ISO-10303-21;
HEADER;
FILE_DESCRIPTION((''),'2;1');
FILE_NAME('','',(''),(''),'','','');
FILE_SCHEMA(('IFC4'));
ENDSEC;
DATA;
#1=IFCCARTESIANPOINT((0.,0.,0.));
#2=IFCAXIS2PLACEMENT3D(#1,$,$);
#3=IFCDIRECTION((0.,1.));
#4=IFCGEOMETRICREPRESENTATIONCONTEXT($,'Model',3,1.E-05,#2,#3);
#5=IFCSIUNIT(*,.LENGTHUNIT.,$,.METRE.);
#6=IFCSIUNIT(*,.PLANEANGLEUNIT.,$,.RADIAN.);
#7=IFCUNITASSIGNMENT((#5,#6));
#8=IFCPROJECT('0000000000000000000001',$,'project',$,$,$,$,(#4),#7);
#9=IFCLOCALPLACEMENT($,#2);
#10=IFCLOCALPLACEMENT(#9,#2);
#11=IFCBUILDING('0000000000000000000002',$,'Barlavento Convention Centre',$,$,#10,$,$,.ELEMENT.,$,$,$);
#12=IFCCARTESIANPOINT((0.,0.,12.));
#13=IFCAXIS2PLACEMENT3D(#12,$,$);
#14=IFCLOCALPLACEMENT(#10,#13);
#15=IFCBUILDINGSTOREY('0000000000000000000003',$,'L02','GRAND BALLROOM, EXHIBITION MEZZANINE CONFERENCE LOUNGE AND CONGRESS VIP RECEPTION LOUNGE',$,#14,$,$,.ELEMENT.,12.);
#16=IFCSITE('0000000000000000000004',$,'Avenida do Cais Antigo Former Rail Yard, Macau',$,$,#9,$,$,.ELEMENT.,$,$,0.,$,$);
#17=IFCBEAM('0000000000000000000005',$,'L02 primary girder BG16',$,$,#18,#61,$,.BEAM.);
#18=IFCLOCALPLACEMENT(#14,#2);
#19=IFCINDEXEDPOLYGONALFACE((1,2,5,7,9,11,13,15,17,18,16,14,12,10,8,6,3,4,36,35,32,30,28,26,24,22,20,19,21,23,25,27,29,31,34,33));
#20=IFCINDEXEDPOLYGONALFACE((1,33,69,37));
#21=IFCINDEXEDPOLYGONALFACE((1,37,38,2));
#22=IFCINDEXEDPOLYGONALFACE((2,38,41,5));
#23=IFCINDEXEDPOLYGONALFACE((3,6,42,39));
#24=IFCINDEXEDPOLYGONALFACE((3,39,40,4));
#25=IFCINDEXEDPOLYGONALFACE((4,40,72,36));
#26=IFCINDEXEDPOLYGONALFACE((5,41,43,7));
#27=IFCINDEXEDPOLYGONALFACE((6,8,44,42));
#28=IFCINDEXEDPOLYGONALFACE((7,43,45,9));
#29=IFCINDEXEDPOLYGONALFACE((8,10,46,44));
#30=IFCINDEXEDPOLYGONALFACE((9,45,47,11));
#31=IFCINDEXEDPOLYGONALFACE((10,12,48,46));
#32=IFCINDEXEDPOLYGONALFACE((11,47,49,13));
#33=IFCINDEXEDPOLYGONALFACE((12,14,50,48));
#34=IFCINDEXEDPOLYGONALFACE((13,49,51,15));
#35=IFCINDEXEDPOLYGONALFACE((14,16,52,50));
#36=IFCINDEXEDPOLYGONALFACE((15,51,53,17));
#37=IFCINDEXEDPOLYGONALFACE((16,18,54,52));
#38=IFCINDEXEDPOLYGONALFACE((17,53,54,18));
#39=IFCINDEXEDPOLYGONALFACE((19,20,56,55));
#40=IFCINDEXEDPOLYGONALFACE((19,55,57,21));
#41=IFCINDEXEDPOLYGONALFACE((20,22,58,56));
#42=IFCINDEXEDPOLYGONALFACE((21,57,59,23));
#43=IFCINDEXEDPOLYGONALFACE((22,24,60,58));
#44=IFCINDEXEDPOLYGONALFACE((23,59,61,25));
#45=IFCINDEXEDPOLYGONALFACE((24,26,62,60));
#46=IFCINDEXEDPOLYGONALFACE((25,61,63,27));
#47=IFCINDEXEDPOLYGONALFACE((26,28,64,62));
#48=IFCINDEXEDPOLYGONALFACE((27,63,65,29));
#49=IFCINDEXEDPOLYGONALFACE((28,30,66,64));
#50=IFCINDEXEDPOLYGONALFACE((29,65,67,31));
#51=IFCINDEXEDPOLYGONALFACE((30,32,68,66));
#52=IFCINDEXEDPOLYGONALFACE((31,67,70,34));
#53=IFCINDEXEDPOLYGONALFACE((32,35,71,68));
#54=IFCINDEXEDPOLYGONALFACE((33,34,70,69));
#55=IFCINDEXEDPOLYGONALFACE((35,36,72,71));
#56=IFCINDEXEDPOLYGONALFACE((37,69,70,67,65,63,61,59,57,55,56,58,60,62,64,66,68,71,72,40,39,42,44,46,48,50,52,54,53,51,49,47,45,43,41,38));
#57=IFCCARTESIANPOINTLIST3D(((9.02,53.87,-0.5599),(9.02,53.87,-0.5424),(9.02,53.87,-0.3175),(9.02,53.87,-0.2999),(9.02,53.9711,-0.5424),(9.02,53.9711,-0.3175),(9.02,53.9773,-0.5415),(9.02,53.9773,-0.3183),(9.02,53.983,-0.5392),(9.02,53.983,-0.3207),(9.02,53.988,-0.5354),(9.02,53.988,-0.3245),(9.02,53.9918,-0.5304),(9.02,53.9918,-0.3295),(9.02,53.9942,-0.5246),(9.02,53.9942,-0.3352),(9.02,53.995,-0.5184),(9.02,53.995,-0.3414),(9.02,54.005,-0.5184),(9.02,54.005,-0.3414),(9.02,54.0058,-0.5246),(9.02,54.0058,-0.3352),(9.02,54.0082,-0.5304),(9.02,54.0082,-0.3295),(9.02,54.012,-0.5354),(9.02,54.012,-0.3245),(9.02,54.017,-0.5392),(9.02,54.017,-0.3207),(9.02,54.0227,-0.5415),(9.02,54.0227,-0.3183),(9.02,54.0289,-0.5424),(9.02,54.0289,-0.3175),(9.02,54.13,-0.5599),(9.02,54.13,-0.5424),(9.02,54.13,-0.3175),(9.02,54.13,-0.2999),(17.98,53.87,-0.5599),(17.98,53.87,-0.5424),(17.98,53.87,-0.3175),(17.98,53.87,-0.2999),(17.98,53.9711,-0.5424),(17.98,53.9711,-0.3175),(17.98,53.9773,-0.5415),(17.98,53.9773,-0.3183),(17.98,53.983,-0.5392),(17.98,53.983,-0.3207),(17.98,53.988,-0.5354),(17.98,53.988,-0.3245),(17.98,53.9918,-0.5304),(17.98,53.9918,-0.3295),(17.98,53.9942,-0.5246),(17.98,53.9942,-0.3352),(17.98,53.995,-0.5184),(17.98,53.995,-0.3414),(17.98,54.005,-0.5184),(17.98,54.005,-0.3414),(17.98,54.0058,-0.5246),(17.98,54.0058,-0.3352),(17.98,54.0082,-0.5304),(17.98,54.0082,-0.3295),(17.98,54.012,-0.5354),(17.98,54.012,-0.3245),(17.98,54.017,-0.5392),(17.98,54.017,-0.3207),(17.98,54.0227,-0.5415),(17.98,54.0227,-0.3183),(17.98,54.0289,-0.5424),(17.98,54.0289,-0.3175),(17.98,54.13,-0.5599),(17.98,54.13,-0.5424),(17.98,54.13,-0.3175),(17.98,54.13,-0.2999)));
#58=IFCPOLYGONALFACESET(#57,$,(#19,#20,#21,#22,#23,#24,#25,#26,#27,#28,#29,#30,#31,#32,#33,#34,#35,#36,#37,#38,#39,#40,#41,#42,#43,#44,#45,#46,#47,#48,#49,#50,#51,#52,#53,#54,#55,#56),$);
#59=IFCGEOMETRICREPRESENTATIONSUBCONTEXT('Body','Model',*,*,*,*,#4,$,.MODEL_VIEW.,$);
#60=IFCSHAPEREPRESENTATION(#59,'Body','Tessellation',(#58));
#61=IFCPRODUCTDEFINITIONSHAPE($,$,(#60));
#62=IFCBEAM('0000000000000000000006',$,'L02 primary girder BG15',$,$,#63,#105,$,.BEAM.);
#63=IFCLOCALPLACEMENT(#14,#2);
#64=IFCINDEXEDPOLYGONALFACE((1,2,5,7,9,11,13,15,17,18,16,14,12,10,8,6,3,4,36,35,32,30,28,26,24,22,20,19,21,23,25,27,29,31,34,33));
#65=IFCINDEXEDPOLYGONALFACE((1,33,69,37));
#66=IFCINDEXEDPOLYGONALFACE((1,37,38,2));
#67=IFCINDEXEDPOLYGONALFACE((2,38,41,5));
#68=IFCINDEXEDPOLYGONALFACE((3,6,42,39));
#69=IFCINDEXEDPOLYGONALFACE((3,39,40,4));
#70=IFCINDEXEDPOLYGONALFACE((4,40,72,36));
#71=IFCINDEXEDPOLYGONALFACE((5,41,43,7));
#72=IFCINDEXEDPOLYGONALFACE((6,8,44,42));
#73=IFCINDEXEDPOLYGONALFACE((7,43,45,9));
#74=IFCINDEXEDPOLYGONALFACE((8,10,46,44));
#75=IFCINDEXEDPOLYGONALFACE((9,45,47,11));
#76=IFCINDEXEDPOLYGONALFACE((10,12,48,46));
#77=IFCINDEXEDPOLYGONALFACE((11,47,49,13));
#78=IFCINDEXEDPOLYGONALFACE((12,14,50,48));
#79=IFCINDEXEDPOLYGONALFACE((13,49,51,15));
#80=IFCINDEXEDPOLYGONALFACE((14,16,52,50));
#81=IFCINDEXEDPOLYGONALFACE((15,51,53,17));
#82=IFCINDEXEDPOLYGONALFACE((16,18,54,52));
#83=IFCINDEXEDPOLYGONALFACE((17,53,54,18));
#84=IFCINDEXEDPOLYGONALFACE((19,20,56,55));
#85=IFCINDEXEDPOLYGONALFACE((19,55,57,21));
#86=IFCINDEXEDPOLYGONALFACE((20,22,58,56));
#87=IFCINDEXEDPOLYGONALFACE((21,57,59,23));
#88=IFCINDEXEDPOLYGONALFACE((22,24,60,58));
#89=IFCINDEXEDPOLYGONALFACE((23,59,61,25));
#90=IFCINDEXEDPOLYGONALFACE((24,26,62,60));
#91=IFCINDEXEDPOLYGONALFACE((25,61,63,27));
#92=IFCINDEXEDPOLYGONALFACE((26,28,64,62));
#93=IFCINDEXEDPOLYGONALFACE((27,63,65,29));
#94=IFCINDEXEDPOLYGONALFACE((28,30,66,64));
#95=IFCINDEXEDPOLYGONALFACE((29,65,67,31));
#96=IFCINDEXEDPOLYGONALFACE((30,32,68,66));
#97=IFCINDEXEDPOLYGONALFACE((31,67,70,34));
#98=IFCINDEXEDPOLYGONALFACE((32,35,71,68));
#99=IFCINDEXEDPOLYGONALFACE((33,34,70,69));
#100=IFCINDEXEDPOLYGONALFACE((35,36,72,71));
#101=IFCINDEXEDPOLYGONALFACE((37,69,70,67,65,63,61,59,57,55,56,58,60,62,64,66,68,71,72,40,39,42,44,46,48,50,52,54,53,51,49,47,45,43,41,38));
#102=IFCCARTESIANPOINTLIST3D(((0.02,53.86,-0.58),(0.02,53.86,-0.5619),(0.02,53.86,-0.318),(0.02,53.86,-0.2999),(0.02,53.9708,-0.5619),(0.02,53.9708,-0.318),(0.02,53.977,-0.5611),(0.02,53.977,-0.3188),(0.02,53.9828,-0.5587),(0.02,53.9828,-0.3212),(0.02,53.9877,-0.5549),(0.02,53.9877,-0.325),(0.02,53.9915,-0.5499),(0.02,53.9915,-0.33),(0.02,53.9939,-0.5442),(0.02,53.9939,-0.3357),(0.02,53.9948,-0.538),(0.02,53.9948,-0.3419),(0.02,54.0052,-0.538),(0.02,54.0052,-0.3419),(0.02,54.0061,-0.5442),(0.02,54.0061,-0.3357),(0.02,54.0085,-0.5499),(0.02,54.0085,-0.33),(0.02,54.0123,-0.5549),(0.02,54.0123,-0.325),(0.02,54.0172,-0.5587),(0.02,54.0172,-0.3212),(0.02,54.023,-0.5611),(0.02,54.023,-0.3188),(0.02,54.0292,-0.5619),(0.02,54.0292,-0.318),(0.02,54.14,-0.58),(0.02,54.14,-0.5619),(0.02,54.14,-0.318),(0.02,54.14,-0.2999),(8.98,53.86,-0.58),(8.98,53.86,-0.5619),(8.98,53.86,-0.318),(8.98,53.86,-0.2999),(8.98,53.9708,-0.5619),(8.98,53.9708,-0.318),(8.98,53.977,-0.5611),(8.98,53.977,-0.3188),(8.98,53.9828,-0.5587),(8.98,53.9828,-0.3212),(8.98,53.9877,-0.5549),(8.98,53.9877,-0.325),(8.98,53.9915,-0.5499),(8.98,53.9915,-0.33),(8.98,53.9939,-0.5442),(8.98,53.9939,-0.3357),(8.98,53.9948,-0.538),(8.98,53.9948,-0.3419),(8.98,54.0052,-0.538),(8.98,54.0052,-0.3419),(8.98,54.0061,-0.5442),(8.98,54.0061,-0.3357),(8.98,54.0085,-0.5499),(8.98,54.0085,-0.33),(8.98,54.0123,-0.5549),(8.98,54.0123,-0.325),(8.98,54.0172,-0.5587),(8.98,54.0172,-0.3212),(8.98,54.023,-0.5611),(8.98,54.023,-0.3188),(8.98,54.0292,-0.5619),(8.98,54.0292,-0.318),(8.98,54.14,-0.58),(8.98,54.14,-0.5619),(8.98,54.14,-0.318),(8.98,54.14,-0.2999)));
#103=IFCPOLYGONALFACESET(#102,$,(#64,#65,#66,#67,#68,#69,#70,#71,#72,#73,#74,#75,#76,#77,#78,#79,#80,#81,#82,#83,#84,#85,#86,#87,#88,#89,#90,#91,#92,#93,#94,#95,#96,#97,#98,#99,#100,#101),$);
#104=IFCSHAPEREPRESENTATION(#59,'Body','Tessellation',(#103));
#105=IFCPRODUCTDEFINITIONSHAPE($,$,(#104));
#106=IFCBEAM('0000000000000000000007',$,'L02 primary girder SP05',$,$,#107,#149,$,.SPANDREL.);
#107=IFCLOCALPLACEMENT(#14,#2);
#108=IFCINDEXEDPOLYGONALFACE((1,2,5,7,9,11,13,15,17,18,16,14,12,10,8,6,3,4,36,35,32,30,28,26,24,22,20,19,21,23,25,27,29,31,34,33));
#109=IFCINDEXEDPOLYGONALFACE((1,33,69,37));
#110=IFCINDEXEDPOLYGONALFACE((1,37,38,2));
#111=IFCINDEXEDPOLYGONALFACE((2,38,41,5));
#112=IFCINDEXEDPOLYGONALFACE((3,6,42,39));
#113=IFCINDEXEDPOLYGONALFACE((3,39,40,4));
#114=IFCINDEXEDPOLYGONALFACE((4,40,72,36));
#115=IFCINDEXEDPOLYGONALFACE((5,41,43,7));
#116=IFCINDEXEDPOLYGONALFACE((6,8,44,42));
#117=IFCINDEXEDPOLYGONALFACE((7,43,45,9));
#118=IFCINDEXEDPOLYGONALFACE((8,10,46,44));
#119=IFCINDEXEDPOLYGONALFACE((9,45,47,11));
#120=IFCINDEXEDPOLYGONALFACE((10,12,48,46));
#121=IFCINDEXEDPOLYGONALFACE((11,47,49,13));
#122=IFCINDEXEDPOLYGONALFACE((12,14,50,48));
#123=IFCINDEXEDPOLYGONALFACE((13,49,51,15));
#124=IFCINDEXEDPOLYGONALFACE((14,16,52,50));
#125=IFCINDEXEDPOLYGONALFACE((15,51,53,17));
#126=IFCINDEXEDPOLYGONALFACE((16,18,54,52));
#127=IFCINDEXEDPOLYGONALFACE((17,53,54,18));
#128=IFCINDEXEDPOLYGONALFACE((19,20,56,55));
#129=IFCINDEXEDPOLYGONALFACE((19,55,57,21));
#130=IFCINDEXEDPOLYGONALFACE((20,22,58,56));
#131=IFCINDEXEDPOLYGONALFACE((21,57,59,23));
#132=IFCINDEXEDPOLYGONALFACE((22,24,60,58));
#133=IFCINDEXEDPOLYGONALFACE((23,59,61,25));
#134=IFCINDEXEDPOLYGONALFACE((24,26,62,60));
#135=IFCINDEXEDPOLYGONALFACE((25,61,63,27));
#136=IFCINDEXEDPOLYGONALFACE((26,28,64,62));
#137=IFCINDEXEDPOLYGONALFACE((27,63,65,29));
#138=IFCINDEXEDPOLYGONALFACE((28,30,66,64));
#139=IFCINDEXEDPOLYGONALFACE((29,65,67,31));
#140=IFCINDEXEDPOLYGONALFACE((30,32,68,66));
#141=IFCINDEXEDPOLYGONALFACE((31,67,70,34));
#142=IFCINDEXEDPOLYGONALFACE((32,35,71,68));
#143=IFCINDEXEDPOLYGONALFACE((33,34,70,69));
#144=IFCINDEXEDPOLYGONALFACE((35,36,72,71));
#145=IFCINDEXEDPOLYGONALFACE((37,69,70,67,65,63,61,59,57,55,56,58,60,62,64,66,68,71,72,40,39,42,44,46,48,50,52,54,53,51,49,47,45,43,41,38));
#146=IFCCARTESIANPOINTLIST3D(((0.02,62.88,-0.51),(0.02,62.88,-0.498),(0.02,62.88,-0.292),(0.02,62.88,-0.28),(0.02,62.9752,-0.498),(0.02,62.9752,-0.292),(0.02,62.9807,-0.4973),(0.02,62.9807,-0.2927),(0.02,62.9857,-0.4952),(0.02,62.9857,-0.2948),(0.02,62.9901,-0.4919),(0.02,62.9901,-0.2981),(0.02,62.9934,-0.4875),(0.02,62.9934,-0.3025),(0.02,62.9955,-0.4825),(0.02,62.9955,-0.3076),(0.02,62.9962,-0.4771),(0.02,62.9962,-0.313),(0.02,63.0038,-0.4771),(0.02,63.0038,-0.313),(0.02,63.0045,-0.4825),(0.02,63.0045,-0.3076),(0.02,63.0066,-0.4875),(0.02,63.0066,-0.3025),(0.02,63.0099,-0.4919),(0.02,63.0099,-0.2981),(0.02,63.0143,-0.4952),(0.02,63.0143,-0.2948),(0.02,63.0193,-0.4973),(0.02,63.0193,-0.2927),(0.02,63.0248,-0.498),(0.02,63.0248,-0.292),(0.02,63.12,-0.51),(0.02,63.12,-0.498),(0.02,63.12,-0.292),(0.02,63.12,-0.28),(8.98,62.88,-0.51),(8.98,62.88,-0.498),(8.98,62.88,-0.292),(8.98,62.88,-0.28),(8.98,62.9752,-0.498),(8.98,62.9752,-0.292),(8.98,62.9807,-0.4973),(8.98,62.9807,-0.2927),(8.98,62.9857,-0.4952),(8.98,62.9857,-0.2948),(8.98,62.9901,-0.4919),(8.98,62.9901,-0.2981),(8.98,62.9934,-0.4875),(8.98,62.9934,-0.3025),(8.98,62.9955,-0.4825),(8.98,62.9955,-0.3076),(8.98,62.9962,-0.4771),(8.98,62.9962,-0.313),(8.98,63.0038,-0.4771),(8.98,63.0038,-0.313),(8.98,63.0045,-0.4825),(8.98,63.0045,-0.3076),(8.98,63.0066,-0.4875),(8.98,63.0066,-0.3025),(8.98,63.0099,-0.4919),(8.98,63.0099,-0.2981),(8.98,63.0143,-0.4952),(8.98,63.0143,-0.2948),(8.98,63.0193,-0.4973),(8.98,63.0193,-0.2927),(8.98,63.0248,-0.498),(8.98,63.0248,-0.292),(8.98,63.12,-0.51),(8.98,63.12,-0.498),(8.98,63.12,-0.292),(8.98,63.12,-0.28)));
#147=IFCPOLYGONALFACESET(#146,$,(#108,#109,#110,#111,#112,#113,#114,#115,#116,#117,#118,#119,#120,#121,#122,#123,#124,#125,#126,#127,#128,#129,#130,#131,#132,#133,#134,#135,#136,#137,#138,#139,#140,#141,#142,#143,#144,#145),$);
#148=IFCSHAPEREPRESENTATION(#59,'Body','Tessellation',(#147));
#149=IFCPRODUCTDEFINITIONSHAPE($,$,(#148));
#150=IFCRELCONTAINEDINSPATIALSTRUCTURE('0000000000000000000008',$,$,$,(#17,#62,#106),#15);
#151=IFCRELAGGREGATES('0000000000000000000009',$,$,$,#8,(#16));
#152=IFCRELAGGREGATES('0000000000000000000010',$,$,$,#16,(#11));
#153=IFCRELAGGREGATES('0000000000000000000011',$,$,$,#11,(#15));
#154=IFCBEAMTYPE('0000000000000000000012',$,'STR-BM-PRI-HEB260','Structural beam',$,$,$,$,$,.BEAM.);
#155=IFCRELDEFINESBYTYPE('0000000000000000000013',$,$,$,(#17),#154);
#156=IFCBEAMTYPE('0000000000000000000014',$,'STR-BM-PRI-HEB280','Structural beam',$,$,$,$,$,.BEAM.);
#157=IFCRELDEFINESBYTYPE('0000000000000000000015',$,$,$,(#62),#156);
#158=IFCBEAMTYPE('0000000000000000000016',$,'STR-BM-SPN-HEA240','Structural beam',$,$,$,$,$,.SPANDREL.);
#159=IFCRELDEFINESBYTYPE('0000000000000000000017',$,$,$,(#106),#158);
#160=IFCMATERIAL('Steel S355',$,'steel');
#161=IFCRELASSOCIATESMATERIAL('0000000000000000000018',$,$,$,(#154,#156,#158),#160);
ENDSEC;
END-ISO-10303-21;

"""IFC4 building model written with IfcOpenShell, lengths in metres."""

from ifc_helpers import new_model, si_unit, direction, frame, origin, origin_2d, place, context, subcontext, project, spatial, i_section, extrude, material, material_profile, profile_set, type_object, element, save


model = new_model("IFC4")

# Units and contexts
model_context = context("Model", 3, precision=1e-05, world=origin(), true_north=direction((0.0, 1.0)))
body_context = subcontext(model_context, "Body", "Model", "MODEL_VIEW")
ifc_project = project(units=[si_unit("LENGTHUNIT", "METRE"), si_unit("PLANEANGLEUNIT", "RADIAN")], contexts=[model_context])

# Site, building, storey
site_placement = place(None, origin())
site = spatial("IfcSite", under=ifc_project, at=site_placement, Name="Avenida do Cais Antigo Former Rail Yard, Macau", CompositionType="ELEMENT", RefElevation=0.0)
building_placement = place(site_placement, origin())
building = spatial("IfcBuilding", under=site, at=building_placement, Name="Barlavento Convention Centre", CompositionType="ELEMENT")
storey_placement = place(building_placement, frame((0.0, 0.0, 12.0)))
storey = spatial("IfcBuildingStorey", under=building, at=storey_placement, Name="L02", Description="GRAND BALLROOM, EXHIBITION MEZZANINE CONFERENCE LOUNGE AND CONGRESS VIP RECEPTION LOUNGE", CompositionType="ELEMENT", Elevation=12.0)

# Shared definitions
ifc_material_1 = material(Name="Steel S355", Category="steel")

# Beams
ifc_material_profile_1 = material_profile(ifc_material_1, i_section(OverallWidth=0.26, OverallDepth=0.26, WebThickness=0.01, FlangeThickness=0.0176, FilletRadius=0.0239, at=origin_2d()), Name="HEB 260")
ifc_profile_set_1 = profile_set([ifc_material_profile_1], Name="Steel S355")
beam_type_1 = type_object("IfcBeamType", Name="STR-BM-PRI-HEB260", Description="Structural beam", PredefinedType="BEAM", material=ifc_profile_set_1)
beam_1_placement = place(storey_placement, frame((9.02, 54.0, -0.4299), z_axis=(1.0, 0.0, 0.0), x_axis=(0.0, 1.0, 0.0)))
element("IfcBeam", 1, at=beam_1_placement, inside=storey, type_object=beam_type_1, Name="L02 primary girder BG16", PredefinedType="BEAM", context=body_context, shape_type="SweptSolid", body=[
    extrude(i_section(OverallWidth=0.26, OverallDepth=0.26, WebThickness=0.01, FlangeThickness=0.0176, FilletRadius=0.0239, at=origin_2d()), origin(), (0.0, 0.0, 1.0), 8.96),
])
ifc_material_profile_2 = material_profile(ifc_material_1, i_section(OverallWidth=0.28, OverallDepth=0.28, WebThickness=0.0105, FlangeThickness=0.0181, FilletRadius=0.0239, at=origin_2d()), Name="HEB 280")
ifc_profile_set_2 = profile_set([ifc_material_profile_2], Name="Steel S355")
beam_type_2 = type_object("IfcBeamType", Name="STR-BM-PRI-HEB280", Description="Structural beam", PredefinedType="BEAM", material=ifc_profile_set_2)
beam_2_placement = place(storey_placement, frame((0.02, 54.0, -0.4399), z_axis=(1.0, 0.0, 0.0), x_axis=(0.0, 1.0, 0.0)))
element("IfcBeam", 2, at=beam_2_placement, inside=storey, type_object=beam_type_2, Name="L02 primary girder BG15", PredefinedType="BEAM", context=body_context, shape_type="SweptSolid", body=[
    extrude(i_section(OverallWidth=0.28, OverallDepth=0.28, WebThickness=0.0105, FlangeThickness=0.0181, FilletRadius=0.0239, at=origin_2d()), origin(), (0.0, 0.0, 1.0), 8.96),
])
ifc_material_profile_3 = material_profile(ifc_material_1, i_section(OverallWidth=0.24, OverallDepth=0.23, WebThickness=0.0076, FlangeThickness=0.012, FilletRadius=0.021, at=origin_2d()), Name="HEA 240")
ifc_profile_set_3 = profile_set([ifc_material_profile_3], Name="Steel S355")
beam_type_3 = type_object("IfcBeamType", Name="STR-BM-SPN-HEA240", Description="Structural beam", PredefinedType="SPANDREL", material=ifc_profile_set_3)
beam_3_placement = place(storey_placement, frame((0.02, 63.0, -0.395), z_axis=(1.0, 0.0, 0.0), x_axis=(0.0, 1.0, 0.0)))
element("IfcBeam", 3, at=beam_3_placement, inside=storey, type_object=beam_type_3, Name="L02 primary girder SP05", PredefinedType="SPANDREL", context=body_context, shape_type="SweptSolid", body=[
    extrude(i_section(OverallWidth=0.24, OverallDepth=0.23, WebThickness=0.0076, FlangeThickness=0.012, FilletRadius=0.021, at=origin_2d()), origin(), (0.0, 0.0, 1.0), 8.96),
])

save(model, "model.ifc")
